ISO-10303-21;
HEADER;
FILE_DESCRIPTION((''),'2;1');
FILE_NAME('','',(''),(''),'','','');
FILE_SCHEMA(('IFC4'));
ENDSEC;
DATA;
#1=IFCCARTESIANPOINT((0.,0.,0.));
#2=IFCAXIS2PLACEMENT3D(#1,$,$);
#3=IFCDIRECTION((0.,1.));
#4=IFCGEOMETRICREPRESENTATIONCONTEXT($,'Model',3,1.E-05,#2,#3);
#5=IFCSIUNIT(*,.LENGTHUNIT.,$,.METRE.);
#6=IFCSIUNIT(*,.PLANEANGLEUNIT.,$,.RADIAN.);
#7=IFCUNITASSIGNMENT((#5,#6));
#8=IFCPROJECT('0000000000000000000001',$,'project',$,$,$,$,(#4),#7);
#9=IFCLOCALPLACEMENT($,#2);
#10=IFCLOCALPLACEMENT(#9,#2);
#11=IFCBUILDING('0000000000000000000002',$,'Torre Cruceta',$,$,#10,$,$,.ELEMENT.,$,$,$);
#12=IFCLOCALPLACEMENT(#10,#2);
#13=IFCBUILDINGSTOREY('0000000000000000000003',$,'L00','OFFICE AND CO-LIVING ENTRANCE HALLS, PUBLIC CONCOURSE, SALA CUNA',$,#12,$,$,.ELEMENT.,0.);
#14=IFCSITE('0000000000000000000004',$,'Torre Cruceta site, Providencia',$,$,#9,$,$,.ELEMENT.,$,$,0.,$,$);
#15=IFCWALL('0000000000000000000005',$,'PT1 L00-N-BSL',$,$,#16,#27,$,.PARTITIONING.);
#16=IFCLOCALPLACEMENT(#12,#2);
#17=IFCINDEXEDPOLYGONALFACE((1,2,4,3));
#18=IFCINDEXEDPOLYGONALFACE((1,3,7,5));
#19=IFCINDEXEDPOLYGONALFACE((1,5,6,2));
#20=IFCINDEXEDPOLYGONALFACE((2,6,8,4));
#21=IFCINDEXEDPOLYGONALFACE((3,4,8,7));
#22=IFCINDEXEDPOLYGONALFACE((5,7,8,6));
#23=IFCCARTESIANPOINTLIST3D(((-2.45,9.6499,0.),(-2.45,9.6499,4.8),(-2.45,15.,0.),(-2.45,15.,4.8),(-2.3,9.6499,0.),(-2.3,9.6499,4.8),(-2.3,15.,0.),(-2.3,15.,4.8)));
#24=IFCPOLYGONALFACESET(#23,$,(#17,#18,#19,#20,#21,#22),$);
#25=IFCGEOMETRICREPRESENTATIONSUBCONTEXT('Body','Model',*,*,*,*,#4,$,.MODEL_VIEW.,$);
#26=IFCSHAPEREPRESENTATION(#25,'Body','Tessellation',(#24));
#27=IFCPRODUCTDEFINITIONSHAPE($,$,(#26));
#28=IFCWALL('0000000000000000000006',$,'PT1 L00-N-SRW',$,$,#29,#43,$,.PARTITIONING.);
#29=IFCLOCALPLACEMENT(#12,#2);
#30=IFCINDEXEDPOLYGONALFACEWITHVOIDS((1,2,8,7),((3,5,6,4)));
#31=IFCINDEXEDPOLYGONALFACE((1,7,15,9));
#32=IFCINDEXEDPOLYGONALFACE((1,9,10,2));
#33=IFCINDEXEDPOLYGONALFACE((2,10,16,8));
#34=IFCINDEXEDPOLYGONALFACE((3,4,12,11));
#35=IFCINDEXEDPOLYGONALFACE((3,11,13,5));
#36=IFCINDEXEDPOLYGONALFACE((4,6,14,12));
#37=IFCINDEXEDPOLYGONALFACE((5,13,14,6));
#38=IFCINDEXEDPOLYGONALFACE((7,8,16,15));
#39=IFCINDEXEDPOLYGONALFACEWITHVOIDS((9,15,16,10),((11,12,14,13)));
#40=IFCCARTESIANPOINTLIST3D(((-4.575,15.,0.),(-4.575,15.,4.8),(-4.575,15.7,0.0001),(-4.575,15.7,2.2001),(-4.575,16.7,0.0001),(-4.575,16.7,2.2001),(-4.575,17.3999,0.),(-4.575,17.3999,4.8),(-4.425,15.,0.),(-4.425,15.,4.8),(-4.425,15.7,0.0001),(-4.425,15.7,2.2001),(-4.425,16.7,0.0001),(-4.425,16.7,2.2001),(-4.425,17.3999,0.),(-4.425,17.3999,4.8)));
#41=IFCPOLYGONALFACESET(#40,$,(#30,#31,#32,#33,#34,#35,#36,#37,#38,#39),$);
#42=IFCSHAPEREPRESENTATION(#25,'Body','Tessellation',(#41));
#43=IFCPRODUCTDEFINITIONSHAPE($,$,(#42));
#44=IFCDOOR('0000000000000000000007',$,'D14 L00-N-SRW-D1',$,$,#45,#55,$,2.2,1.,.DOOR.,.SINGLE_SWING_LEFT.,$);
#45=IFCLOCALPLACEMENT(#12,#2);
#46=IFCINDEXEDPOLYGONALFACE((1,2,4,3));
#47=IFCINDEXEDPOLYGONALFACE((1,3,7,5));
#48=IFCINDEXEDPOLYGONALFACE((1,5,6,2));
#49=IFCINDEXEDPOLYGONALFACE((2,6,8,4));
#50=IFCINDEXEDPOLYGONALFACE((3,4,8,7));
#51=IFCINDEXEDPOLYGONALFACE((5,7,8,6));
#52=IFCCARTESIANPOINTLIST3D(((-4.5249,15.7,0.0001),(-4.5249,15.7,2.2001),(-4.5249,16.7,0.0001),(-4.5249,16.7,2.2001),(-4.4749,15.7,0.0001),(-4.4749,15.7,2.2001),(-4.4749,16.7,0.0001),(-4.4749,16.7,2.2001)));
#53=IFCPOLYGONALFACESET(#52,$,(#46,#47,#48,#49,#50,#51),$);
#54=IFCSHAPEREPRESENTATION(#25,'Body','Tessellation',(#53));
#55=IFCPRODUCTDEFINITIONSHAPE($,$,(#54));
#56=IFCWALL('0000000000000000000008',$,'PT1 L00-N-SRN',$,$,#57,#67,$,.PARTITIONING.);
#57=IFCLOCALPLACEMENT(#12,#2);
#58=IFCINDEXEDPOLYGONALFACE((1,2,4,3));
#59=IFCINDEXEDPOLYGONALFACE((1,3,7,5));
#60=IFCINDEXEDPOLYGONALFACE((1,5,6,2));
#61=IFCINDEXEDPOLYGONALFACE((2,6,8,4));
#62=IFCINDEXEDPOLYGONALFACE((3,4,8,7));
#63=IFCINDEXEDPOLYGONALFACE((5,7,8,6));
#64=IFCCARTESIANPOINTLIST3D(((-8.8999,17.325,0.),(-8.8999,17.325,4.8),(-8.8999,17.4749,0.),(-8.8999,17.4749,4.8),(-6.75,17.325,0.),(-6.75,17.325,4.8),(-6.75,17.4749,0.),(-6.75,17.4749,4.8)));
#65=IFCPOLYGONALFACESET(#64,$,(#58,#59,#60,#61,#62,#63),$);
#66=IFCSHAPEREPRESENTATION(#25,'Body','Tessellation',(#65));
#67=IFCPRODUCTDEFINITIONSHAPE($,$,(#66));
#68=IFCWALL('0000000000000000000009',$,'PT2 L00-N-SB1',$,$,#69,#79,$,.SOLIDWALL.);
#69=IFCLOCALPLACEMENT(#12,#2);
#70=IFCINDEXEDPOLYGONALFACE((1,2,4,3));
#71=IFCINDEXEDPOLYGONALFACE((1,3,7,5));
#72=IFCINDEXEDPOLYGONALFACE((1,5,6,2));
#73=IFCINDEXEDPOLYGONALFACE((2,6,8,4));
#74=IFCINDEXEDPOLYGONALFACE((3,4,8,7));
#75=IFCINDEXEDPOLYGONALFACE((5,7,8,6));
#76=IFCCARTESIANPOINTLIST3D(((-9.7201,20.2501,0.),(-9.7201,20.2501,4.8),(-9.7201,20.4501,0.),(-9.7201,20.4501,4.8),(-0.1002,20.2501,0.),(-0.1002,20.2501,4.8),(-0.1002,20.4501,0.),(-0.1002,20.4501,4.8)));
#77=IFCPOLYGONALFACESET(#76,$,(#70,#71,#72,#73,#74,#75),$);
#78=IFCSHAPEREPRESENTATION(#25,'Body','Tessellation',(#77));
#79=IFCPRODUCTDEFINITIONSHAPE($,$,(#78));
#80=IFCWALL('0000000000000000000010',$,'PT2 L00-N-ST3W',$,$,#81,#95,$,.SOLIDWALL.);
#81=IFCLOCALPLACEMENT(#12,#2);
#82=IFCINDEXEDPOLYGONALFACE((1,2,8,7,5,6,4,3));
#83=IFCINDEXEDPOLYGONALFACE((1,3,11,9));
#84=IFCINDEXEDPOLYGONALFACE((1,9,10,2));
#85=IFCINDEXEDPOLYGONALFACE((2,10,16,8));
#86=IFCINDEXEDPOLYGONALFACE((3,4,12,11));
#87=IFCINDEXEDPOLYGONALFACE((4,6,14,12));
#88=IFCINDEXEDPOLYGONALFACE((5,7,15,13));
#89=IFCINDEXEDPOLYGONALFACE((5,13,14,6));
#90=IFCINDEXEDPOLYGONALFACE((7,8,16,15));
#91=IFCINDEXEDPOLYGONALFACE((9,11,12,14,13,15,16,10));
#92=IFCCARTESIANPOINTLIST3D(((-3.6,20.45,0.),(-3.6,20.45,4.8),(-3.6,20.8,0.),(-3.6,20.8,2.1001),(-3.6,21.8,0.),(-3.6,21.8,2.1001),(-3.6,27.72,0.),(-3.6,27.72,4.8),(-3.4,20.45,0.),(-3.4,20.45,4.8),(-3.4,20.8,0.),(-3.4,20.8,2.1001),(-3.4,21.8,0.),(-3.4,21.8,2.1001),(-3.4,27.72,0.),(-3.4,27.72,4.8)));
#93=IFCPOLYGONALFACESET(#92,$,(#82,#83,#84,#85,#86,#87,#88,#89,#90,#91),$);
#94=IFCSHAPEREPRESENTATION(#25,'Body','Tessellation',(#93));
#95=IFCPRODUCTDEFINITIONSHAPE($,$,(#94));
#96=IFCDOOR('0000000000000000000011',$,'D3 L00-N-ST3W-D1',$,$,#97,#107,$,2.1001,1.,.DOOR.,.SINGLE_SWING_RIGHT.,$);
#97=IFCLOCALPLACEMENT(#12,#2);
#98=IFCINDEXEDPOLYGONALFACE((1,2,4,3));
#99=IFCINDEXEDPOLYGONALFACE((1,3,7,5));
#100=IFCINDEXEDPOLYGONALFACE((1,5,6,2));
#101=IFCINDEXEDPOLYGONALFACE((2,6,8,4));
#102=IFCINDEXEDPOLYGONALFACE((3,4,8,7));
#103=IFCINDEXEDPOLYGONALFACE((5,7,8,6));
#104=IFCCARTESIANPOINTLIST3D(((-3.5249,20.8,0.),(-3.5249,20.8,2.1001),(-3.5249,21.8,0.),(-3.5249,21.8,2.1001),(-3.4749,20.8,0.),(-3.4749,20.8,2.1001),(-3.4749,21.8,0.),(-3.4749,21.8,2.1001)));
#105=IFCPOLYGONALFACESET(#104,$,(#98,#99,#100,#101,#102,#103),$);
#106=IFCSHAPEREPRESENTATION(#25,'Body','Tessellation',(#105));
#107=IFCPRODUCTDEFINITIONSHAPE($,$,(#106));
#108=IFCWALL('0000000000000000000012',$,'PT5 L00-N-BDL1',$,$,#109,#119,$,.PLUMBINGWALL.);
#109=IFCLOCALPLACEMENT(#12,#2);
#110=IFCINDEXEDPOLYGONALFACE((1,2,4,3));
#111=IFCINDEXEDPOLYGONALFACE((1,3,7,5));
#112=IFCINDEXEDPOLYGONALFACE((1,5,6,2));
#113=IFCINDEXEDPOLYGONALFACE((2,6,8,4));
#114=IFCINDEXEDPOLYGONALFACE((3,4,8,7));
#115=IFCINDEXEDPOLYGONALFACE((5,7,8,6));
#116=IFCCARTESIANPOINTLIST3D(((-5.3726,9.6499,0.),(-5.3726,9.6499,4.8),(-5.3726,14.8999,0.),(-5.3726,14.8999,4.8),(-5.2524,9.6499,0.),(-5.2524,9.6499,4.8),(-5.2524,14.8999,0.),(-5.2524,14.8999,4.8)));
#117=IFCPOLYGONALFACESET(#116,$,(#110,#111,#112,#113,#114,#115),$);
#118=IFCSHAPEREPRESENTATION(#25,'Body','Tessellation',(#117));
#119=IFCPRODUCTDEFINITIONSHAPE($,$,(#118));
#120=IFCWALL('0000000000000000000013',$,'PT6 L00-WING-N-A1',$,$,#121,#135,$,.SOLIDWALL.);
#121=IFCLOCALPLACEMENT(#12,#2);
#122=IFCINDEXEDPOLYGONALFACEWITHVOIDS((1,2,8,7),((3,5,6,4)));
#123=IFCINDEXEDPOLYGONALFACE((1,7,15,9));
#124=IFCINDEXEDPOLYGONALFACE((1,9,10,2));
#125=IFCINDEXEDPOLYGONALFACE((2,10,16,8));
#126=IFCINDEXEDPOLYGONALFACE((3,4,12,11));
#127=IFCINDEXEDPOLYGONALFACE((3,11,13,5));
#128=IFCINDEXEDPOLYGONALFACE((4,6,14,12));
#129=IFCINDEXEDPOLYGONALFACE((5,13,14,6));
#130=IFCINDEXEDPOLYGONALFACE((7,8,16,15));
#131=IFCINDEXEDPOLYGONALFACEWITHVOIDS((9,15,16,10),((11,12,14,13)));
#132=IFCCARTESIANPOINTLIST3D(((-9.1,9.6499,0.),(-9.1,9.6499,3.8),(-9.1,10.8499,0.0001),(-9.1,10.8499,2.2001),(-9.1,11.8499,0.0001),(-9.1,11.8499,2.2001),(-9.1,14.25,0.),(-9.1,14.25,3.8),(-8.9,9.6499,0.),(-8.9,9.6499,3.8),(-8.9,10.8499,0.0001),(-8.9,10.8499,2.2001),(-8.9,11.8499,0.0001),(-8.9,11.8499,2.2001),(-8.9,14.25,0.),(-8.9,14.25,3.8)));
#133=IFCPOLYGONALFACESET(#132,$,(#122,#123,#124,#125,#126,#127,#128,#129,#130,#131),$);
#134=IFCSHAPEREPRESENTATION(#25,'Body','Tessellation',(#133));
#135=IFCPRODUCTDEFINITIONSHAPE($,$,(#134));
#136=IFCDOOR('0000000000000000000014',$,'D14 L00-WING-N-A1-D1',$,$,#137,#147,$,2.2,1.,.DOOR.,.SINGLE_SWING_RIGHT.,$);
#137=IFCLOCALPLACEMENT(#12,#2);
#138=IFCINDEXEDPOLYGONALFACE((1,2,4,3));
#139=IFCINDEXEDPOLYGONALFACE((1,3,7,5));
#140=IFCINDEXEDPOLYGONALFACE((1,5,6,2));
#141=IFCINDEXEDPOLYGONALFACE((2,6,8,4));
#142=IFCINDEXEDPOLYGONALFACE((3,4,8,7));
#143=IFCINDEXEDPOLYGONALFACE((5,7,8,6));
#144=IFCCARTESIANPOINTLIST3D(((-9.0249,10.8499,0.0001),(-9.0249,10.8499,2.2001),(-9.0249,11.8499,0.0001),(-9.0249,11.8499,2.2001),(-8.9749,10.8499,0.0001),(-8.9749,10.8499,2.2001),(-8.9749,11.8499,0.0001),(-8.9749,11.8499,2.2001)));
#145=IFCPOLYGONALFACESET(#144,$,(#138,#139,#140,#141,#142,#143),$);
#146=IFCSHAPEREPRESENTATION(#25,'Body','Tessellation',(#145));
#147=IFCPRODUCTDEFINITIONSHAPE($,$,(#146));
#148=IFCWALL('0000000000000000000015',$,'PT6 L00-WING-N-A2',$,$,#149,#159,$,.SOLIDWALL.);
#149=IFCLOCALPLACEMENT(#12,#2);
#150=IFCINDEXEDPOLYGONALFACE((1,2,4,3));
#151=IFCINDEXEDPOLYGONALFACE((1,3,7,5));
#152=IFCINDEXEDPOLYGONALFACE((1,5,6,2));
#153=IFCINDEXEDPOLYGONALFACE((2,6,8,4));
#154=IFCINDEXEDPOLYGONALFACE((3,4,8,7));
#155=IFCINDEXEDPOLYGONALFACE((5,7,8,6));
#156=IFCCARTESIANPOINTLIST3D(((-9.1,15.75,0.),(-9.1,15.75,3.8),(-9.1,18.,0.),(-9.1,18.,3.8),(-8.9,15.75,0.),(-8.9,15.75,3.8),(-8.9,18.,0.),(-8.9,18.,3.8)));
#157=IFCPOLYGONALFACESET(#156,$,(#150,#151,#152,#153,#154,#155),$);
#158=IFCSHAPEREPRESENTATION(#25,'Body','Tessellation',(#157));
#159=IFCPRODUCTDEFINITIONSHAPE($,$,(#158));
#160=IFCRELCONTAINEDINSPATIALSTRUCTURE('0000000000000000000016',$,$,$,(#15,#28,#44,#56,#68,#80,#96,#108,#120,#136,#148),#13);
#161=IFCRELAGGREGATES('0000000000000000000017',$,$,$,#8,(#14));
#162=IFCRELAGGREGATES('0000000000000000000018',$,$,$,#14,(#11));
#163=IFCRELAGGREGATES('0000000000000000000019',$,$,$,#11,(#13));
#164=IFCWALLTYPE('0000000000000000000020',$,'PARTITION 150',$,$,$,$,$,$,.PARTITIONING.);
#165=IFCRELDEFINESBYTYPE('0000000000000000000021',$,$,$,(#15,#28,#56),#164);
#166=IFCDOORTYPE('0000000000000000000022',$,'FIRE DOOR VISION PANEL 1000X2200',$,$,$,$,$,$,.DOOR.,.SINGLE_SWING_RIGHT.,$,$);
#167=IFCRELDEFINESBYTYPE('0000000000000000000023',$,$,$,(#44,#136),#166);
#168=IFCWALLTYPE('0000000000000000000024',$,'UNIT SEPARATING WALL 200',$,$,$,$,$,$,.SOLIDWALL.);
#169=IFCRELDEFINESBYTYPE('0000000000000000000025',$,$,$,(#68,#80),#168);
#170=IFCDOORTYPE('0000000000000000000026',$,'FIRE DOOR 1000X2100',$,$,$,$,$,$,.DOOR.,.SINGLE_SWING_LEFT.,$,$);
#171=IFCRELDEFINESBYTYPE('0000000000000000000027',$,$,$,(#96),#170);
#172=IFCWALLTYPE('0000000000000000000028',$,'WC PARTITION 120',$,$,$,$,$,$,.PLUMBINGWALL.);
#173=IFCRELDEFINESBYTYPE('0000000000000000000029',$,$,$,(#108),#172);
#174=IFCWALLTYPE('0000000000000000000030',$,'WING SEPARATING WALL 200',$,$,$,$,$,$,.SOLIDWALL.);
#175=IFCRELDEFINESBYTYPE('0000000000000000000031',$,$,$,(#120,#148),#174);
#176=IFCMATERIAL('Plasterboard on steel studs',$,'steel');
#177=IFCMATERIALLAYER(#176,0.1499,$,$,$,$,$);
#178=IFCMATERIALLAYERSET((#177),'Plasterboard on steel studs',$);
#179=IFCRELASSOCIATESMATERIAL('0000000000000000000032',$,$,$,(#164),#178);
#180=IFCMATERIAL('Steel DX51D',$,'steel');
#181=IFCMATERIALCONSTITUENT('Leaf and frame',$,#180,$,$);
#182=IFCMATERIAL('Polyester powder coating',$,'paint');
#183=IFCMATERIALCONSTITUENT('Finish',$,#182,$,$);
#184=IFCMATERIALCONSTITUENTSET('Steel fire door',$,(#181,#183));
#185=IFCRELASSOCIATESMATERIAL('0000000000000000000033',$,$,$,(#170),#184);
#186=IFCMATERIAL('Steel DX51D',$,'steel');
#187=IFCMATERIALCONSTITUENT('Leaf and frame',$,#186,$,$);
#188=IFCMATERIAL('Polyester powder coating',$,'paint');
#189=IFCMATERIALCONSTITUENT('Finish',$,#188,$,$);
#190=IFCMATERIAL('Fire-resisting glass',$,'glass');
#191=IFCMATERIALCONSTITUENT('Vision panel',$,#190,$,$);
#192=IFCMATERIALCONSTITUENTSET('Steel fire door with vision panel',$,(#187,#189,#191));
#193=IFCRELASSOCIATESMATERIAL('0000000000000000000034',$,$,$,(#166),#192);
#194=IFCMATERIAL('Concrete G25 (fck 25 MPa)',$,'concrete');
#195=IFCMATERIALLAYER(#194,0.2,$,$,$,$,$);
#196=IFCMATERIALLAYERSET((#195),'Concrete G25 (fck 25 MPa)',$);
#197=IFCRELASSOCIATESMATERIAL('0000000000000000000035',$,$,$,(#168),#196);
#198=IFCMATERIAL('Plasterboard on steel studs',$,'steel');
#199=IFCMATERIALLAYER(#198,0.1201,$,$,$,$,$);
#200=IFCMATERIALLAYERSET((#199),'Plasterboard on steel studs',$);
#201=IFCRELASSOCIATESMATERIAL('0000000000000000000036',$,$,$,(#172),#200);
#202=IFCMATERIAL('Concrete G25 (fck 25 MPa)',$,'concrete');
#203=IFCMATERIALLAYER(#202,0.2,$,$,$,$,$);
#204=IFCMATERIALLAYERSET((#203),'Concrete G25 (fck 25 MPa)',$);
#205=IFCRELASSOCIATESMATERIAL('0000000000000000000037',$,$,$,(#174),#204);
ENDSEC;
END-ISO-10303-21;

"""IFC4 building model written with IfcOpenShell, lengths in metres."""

from ifc_helpers import new_model, si_unit, direction, frame, frame_2d, origin, place, context, subcontext, project, spatial, rectangle, extrude, material, layer, layer_set, constituent, constituent_set, type_object, element, fill, save


model = new_model("IFC4")

# Units and contexts
model_context = context("Model", 3, precision=1e-05, world=origin(), true_north=direction((0.0, 1.0)))
body_context = subcontext(model_context, "Body", "Model", "MODEL_VIEW")
ifc_project = project(units=[si_unit("LENGTHUNIT", "METRE"), si_unit("PLANEANGLEUNIT", "RADIAN")], contexts=[model_context])

# Site, building, storey
site_placement = place(None, origin())
site = spatial("IfcSite", under=ifc_project, at=site_placement, Name="Torre Cruceta site, Providencia", CompositionType="ELEMENT", RefElevation=0.0)
building_placement = place(site_placement, origin())
building = spatial("IfcBuilding", under=site, at=building_placement, Name="Torre Cruceta", CompositionType="ELEMENT")
storey_placement = place(building_placement, origin())
storey = spatial("IfcBuildingStorey", under=building, at=storey_placement, Name="L00", Description="OFFICE AND CO-LIVING ENTRANCE HALLS, PUBLIC CONCOURSE, SALA CUNA", CompositionType="ELEMENT", Elevation=0.0)

# Shared definitions
ifc_material_1 = material(Name="Plasterboard on steel studs", Category="steel")
ifc_layer_1 = layer(ifc_material_1, 0.1499)
ifc_layer_set_1 = layer_set([ifc_layer_1], Name="Plasterboard on steel studs")
wall_type_1 = type_object("IfcWallType", Name="PARTITION 150", PredefinedType="PARTITIONING", material=ifc_layer_set_1)
ifc_material_2 = material(Name="Steel DX51D", Category="steel")
ifc_constituent_1 = constituent(ifc_material_2, Name="Leaf and frame")
ifc_material_3 = material(Name="Polyester powder coating", Category="paint")
ifc_constituent_2 = constituent(ifc_material_3, Name="Finish")
ifc_constituent_set_1 = constituent_set(constituents=[ifc_constituent_1, ifc_constituent_2], Name="Steel fire door")
door_type_1 = type_object("IfcDoorType", Name="FIRE DOOR 1000X2100", OperationType="SINGLE_SWING_LEFT", PredefinedType="DOOR", material=ifc_constituent_set_1)

# Wall
wall_1_placement = place(storey_placement, frame((-2.375, 9.6499, 0.0), z_axis=(0.0, 0.0, 1.0), x_axis=(0.0, 1.0, 0.0)))
element("IfcWall", 1, at=wall_1_placement, inside=storey, type_object=wall_type_1, Name="PT1 L00-N-BSL", PredefinedType="PARTITIONING", context=body_context, shape_type="SweptSolid", body=[
    extrude(rectangle(XDim=5.3501, YDim=0.1499, at=frame_2d((2.675, 0.0))), origin(), (0.0, 0.0, 1.0), 4.8),
])

# Wall, opening, door
wall_2_placement = place(storey_placement, frame((-4.5, 15.0, 0.0), z_axis=(0.0, 0.0, 1.0), x_axis=(0.0, 1.0, 0.0)))
wall_2 = element("IfcWall", 2, at=wall_2_placement, inside=storey, type_object=wall_type_1, Name="PT1 L00-N-SRW", PredefinedType="PARTITIONING", context=body_context, shape_type="SweptSolid", body=[
    extrude(rectangle(XDim=2.3999, YDim=0.1499, at=frame_2d((1.2, 0.0))), origin(), (0.0, 0.0, 1.0), 4.8),
])
opening_1_placement = place(wall_2_placement, frame((0.7, 0.0, 0.0)))
opening_1 = element("IfcOpeningElement", 3, at=opening_1_placement, cuts=wall_2, PredefinedType="OPENING", context=body_context, shape_type="SweptSolid", body=[
    extrude(rectangle(XDim=1.0, YDim=2.2, at=frame_2d((0.5, 1.1001))), frame((0.0, 0.085, 0.0), z_axis=(0.0, -1.0, 0.0), x_axis=(1.0, 0.0, 0.0)), (0.0, 0.0, 1.0), 0.1699),
])
ifc_material_4 = material(Name="Steel DX51D", Category="steel")
ifc_constituent_3 = constituent(ifc_material_4, Name="Leaf and frame")
ifc_material_5 = material(Name="Polyester powder coating", Category="paint")
ifc_constituent_4 = constituent(ifc_material_5, Name="Finish")
ifc_material_6 = material(Name="Fire-resisting glass", Category="glass")
ifc_constituent_5 = constituent(ifc_material_6, Name="Vision panel")
ifc_constituent_set_2 = constituent_set(constituents=[ifc_constituent_3, ifc_constituent_4, ifc_constituent_5], Name="Steel fire door with vision panel")
door_type_2 = type_object("IfcDoorType", Name="FIRE DOOR VISION PANEL 1000X2200", OperationType="SINGLE_SWING_RIGHT", PredefinedType="DOOR", material=ifc_constituent_set_2)
door_1_placement = place(opening_1_placement, origin())
door_1 = element("IfcDoor", 4, at=door_1_placement, inside=storey, type_object=door_type_2, Name="D14 L00-N-SRW-D1", OperationType="SINGLE_SWING_LEFT", OverallHeight=2.2, OverallWidth=1.0, PredefinedType="DOOR", context=body_context, shape_type="SweptSolid", body=[
    extrude(rectangle(XDim=1.0, YDim=2.2, at=frame_2d((0.5, 1.1001))), frame((0.0, 0.0249, 0.0), z_axis=(0.0, -1.0, 0.0), x_axis=(1.0, 0.0, 0.0)), (0.0, 0.0, 1.0), 0.05),
])
fill(opening_1, door_1)

# Walls
wall_3_placement = place(storey_placement, frame((-6.75, 17.3999, 0.0), z_axis=(0.0, 0.0, 1.0), x_axis=(-1.0, 0.0, 0.0)))
element("IfcWall", 5, at=wall_3_placement, inside=storey, type_object=wall_type_1, Name="PT1 L00-N-SRN", PredefinedType="PARTITIONING", context=body_context, shape_type="SweptSolid", body=[
    extrude(rectangle(XDim=2.1499, YDim=0.1499, at=frame_2d((1.075, 0.0))), origin(), (0.0, 0.0, 1.0), 4.8),
])
ifc_material_7 = material(Name="Concrete G25 (fck 25 MPa)", Category="concrete")
ifc_layer_2 = layer(ifc_material_7, 0.2)
ifc_layer_set_2 = layer_set([ifc_layer_2], Name="Concrete G25 (fck 25 MPa)")
wall_type_2 = type_object("IfcWallType", Name="UNIT SEPARATING WALL 200", PredefinedType="SOLIDWALL", material=ifc_layer_set_2)
wall_4_placement = place(storey_placement, frame((-0.1001, 20.3501, 0.0), z_axis=(0.0, 0.0, 1.0), x_axis=(-1.0, 0.0, 0.0)))
element("IfcWall", 6, at=wall_4_placement, inside=storey, type_object=wall_type_2, Name="PT2 L00-N-SB1", PredefinedType="SOLIDWALL", context=body_context, shape_type="SweptSolid", body=[
    extrude(rectangle(XDim=9.6199, YDim=0.2, at=frame_2d((4.8101, 0.0))), origin(), (0.0, 0.0, 1.0), 4.8),
])

# Wall, opening, door
wall_5_placement = place(storey_placement, frame((-3.5, 20.45, 0.0), z_axis=(0.0, 0.0, 1.0), x_axis=(0.0, 1.0, 0.0)))
wall_5 = element("IfcWall", 7, at=wall_5_placement, inside=storey, type_object=wall_type_2, Name="PT2 L00-N-ST3W", PredefinedType="SOLIDWALL", context=body_context, shape_type="SweptSolid", body=[
    extrude(rectangle(XDim=7.27, YDim=0.2, at=frame_2d((3.635, 0.0))), origin(), (0.0, 0.0, 1.0), 4.8),
])
opening_2_placement = place(wall_5_placement, frame((0.3501, 0.0, 0.0)))
opening_2 = element("IfcOpeningElement", 8, at=opening_2_placement, cuts=wall_5, PredefinedType="OPENING", context=body_context, shape_type="SweptSolid", body=[
    extrude(rectangle(XDim=1.0, YDim=2.1001, at=frame_2d((0.5, 1.05))), frame((0.0, 0.1099, 0.0), z_axis=(0.0, -1.0, 0.0), x_axis=(1.0, 0.0, 0.0)), (0.0, 0.0, 1.0), 0.22),
])
door_2_placement = place(opening_2_placement, frame((1.0, 0.0, 0.0), z_axis=(0.0, 0.0, 1.0), x_axis=(-1.0, 0.0, 0.0)))
door_2 = element("IfcDoor", 9, at=door_2_placement, inside=storey, type_object=door_type_1, Name="D3 L00-N-ST3W-D1", OperationType="SINGLE_SWING_RIGHT", OverallHeight=2.1001, OverallWidth=1.0, PredefinedType="DOOR", context=body_context, shape_type="SweptSolid", body=[
    extrude(rectangle(XDim=1.0, YDim=2.1001, at=frame_2d((0.5, 1.05))), frame((0.0, 0.0251, 0.0), z_axis=(0.0, -1.0, 0.0), x_axis=(1.0, 0.0, 0.0)), (0.0, 0.0, 1.0), 0.05),
])
fill(opening_2, door_2)

# Wall
ifc_material_8 = material(Name="Plasterboard on steel studs", Category="steel")
ifc_layer_3 = layer(ifc_material_8, 0.1201)
ifc_layer_set_3 = layer_set([ifc_layer_3], Name="Plasterboard on steel studs")
wall_type_3 = type_object("IfcWallType", Name="WC PARTITION 120", PredefinedType="PLUMBINGWALL", material=ifc_layer_set_3)
wall_6_placement = place(storey_placement, frame((-5.3125, 9.6499, 0.0), z_axis=(0.0, 0.0, 1.0), x_axis=(0.0, 1.0, 0.0)))
element("IfcWall", 10, at=wall_6_placement, inside=storey, type_object=wall_type_3, Name="PT5 L00-N-BDL1", PredefinedType="PLUMBINGWALL", context=body_context, shape_type="SweptSolid", body=[
    extrude(rectangle(XDim=5.25, YDim=0.1201, at=frame_2d((2.625, 0.0))), origin(), (0.0, 0.0, 1.0), 4.8),
])

# Wall, opening, door
ifc_material_9 = material(Name="Concrete G25 (fck 25 MPa)", Category="concrete")
ifc_layer_4 = layer(ifc_material_9, 0.2)
ifc_layer_set_4 = layer_set([ifc_layer_4], Name="Concrete G25 (fck 25 MPa)")
wall_type_4 = type_object("IfcWallType", Name="WING SEPARATING WALL 200", PredefinedType="SOLIDWALL", material=ifc_layer_set_4)
wall_7_placement = place(storey_placement, frame((-9.0, 9.6499, 0.0), z_axis=(0.0, 0.0, 1.0), x_axis=(0.0, 1.0, 0.0)))
wall_7 = element("IfcWall", 11, at=wall_7_placement, inside=storey, type_object=wall_type_4, Name="PT6 L00-WING-N-A1", PredefinedType="SOLIDWALL", context=body_context, shape_type="SweptSolid", body=[
    extrude(rectangle(XDim=4.6001, YDim=0.2, at=frame_2d((2.3, 0.0))), origin(), (0.0, 0.0, 1.0), 3.8),
])
opening_3_placement = place(wall_7_placement, frame((1.2, 0.0, 0.0)))
opening_3 = element("IfcOpeningElement", 12, at=opening_3_placement, cuts=wall_7, PredefinedType="OPENING", context=body_context, shape_type="SweptSolid", body=[
    extrude(rectangle(XDim=1.0, YDim=2.2, at=frame_2d((0.5, 1.1001))), frame((0.0, 0.1099, 0.0), z_axis=(0.0, -1.0, 0.0), x_axis=(1.0, 0.0, 0.0)), (0.0, 0.0, 1.0), 0.22),
])
door_3_placement = place(opening_3_placement, frame((1.0, 0.0, 0.0), z_axis=(0.0, 0.0, 1.0), x_axis=(-1.0, 0.0, 0.0)))
door_3 = element("IfcDoor", 13, at=door_3_placement, inside=storey, type_object=door_type_2, Name="D14 L00-WING-N-A1-D1", OperationType="SINGLE_SWING_RIGHT", OverallHeight=2.2, OverallWidth=1.0, PredefinedType="DOOR", context=body_context, shape_type="SweptSolid", body=[
    extrude(rectangle(XDim=1.0, YDim=2.2, at=frame_2d((0.5, 1.1001))), frame((0.0, 0.0251, 0.0), z_axis=(0.0, -1.0, 0.0), x_axis=(1.0, 0.0, 0.0)), (0.0, 0.0, 1.0), 0.05),
])
fill(opening_3, door_3)

# Wall
wall_8_placement = place(storey_placement, frame((-9.0, 15.75, 0.0), z_axis=(0.0, 0.0, 1.0), x_axis=(0.0, 1.0, 0.0)))
element("IfcWall", 14, at=wall_8_placement, inside=storey, type_object=wall_type_4, Name="PT6 L00-WING-N-A2", PredefinedType="SOLIDWALL", context=body_context, shape_type="SweptSolid", body=[
    extrude(rectangle(XDim=2.25, YDim=0.2, at=frame_2d((1.125, 0.0))), origin(), (0.0, 0.0, 1.0), 3.8),
])

save(model, "model.ifc")
